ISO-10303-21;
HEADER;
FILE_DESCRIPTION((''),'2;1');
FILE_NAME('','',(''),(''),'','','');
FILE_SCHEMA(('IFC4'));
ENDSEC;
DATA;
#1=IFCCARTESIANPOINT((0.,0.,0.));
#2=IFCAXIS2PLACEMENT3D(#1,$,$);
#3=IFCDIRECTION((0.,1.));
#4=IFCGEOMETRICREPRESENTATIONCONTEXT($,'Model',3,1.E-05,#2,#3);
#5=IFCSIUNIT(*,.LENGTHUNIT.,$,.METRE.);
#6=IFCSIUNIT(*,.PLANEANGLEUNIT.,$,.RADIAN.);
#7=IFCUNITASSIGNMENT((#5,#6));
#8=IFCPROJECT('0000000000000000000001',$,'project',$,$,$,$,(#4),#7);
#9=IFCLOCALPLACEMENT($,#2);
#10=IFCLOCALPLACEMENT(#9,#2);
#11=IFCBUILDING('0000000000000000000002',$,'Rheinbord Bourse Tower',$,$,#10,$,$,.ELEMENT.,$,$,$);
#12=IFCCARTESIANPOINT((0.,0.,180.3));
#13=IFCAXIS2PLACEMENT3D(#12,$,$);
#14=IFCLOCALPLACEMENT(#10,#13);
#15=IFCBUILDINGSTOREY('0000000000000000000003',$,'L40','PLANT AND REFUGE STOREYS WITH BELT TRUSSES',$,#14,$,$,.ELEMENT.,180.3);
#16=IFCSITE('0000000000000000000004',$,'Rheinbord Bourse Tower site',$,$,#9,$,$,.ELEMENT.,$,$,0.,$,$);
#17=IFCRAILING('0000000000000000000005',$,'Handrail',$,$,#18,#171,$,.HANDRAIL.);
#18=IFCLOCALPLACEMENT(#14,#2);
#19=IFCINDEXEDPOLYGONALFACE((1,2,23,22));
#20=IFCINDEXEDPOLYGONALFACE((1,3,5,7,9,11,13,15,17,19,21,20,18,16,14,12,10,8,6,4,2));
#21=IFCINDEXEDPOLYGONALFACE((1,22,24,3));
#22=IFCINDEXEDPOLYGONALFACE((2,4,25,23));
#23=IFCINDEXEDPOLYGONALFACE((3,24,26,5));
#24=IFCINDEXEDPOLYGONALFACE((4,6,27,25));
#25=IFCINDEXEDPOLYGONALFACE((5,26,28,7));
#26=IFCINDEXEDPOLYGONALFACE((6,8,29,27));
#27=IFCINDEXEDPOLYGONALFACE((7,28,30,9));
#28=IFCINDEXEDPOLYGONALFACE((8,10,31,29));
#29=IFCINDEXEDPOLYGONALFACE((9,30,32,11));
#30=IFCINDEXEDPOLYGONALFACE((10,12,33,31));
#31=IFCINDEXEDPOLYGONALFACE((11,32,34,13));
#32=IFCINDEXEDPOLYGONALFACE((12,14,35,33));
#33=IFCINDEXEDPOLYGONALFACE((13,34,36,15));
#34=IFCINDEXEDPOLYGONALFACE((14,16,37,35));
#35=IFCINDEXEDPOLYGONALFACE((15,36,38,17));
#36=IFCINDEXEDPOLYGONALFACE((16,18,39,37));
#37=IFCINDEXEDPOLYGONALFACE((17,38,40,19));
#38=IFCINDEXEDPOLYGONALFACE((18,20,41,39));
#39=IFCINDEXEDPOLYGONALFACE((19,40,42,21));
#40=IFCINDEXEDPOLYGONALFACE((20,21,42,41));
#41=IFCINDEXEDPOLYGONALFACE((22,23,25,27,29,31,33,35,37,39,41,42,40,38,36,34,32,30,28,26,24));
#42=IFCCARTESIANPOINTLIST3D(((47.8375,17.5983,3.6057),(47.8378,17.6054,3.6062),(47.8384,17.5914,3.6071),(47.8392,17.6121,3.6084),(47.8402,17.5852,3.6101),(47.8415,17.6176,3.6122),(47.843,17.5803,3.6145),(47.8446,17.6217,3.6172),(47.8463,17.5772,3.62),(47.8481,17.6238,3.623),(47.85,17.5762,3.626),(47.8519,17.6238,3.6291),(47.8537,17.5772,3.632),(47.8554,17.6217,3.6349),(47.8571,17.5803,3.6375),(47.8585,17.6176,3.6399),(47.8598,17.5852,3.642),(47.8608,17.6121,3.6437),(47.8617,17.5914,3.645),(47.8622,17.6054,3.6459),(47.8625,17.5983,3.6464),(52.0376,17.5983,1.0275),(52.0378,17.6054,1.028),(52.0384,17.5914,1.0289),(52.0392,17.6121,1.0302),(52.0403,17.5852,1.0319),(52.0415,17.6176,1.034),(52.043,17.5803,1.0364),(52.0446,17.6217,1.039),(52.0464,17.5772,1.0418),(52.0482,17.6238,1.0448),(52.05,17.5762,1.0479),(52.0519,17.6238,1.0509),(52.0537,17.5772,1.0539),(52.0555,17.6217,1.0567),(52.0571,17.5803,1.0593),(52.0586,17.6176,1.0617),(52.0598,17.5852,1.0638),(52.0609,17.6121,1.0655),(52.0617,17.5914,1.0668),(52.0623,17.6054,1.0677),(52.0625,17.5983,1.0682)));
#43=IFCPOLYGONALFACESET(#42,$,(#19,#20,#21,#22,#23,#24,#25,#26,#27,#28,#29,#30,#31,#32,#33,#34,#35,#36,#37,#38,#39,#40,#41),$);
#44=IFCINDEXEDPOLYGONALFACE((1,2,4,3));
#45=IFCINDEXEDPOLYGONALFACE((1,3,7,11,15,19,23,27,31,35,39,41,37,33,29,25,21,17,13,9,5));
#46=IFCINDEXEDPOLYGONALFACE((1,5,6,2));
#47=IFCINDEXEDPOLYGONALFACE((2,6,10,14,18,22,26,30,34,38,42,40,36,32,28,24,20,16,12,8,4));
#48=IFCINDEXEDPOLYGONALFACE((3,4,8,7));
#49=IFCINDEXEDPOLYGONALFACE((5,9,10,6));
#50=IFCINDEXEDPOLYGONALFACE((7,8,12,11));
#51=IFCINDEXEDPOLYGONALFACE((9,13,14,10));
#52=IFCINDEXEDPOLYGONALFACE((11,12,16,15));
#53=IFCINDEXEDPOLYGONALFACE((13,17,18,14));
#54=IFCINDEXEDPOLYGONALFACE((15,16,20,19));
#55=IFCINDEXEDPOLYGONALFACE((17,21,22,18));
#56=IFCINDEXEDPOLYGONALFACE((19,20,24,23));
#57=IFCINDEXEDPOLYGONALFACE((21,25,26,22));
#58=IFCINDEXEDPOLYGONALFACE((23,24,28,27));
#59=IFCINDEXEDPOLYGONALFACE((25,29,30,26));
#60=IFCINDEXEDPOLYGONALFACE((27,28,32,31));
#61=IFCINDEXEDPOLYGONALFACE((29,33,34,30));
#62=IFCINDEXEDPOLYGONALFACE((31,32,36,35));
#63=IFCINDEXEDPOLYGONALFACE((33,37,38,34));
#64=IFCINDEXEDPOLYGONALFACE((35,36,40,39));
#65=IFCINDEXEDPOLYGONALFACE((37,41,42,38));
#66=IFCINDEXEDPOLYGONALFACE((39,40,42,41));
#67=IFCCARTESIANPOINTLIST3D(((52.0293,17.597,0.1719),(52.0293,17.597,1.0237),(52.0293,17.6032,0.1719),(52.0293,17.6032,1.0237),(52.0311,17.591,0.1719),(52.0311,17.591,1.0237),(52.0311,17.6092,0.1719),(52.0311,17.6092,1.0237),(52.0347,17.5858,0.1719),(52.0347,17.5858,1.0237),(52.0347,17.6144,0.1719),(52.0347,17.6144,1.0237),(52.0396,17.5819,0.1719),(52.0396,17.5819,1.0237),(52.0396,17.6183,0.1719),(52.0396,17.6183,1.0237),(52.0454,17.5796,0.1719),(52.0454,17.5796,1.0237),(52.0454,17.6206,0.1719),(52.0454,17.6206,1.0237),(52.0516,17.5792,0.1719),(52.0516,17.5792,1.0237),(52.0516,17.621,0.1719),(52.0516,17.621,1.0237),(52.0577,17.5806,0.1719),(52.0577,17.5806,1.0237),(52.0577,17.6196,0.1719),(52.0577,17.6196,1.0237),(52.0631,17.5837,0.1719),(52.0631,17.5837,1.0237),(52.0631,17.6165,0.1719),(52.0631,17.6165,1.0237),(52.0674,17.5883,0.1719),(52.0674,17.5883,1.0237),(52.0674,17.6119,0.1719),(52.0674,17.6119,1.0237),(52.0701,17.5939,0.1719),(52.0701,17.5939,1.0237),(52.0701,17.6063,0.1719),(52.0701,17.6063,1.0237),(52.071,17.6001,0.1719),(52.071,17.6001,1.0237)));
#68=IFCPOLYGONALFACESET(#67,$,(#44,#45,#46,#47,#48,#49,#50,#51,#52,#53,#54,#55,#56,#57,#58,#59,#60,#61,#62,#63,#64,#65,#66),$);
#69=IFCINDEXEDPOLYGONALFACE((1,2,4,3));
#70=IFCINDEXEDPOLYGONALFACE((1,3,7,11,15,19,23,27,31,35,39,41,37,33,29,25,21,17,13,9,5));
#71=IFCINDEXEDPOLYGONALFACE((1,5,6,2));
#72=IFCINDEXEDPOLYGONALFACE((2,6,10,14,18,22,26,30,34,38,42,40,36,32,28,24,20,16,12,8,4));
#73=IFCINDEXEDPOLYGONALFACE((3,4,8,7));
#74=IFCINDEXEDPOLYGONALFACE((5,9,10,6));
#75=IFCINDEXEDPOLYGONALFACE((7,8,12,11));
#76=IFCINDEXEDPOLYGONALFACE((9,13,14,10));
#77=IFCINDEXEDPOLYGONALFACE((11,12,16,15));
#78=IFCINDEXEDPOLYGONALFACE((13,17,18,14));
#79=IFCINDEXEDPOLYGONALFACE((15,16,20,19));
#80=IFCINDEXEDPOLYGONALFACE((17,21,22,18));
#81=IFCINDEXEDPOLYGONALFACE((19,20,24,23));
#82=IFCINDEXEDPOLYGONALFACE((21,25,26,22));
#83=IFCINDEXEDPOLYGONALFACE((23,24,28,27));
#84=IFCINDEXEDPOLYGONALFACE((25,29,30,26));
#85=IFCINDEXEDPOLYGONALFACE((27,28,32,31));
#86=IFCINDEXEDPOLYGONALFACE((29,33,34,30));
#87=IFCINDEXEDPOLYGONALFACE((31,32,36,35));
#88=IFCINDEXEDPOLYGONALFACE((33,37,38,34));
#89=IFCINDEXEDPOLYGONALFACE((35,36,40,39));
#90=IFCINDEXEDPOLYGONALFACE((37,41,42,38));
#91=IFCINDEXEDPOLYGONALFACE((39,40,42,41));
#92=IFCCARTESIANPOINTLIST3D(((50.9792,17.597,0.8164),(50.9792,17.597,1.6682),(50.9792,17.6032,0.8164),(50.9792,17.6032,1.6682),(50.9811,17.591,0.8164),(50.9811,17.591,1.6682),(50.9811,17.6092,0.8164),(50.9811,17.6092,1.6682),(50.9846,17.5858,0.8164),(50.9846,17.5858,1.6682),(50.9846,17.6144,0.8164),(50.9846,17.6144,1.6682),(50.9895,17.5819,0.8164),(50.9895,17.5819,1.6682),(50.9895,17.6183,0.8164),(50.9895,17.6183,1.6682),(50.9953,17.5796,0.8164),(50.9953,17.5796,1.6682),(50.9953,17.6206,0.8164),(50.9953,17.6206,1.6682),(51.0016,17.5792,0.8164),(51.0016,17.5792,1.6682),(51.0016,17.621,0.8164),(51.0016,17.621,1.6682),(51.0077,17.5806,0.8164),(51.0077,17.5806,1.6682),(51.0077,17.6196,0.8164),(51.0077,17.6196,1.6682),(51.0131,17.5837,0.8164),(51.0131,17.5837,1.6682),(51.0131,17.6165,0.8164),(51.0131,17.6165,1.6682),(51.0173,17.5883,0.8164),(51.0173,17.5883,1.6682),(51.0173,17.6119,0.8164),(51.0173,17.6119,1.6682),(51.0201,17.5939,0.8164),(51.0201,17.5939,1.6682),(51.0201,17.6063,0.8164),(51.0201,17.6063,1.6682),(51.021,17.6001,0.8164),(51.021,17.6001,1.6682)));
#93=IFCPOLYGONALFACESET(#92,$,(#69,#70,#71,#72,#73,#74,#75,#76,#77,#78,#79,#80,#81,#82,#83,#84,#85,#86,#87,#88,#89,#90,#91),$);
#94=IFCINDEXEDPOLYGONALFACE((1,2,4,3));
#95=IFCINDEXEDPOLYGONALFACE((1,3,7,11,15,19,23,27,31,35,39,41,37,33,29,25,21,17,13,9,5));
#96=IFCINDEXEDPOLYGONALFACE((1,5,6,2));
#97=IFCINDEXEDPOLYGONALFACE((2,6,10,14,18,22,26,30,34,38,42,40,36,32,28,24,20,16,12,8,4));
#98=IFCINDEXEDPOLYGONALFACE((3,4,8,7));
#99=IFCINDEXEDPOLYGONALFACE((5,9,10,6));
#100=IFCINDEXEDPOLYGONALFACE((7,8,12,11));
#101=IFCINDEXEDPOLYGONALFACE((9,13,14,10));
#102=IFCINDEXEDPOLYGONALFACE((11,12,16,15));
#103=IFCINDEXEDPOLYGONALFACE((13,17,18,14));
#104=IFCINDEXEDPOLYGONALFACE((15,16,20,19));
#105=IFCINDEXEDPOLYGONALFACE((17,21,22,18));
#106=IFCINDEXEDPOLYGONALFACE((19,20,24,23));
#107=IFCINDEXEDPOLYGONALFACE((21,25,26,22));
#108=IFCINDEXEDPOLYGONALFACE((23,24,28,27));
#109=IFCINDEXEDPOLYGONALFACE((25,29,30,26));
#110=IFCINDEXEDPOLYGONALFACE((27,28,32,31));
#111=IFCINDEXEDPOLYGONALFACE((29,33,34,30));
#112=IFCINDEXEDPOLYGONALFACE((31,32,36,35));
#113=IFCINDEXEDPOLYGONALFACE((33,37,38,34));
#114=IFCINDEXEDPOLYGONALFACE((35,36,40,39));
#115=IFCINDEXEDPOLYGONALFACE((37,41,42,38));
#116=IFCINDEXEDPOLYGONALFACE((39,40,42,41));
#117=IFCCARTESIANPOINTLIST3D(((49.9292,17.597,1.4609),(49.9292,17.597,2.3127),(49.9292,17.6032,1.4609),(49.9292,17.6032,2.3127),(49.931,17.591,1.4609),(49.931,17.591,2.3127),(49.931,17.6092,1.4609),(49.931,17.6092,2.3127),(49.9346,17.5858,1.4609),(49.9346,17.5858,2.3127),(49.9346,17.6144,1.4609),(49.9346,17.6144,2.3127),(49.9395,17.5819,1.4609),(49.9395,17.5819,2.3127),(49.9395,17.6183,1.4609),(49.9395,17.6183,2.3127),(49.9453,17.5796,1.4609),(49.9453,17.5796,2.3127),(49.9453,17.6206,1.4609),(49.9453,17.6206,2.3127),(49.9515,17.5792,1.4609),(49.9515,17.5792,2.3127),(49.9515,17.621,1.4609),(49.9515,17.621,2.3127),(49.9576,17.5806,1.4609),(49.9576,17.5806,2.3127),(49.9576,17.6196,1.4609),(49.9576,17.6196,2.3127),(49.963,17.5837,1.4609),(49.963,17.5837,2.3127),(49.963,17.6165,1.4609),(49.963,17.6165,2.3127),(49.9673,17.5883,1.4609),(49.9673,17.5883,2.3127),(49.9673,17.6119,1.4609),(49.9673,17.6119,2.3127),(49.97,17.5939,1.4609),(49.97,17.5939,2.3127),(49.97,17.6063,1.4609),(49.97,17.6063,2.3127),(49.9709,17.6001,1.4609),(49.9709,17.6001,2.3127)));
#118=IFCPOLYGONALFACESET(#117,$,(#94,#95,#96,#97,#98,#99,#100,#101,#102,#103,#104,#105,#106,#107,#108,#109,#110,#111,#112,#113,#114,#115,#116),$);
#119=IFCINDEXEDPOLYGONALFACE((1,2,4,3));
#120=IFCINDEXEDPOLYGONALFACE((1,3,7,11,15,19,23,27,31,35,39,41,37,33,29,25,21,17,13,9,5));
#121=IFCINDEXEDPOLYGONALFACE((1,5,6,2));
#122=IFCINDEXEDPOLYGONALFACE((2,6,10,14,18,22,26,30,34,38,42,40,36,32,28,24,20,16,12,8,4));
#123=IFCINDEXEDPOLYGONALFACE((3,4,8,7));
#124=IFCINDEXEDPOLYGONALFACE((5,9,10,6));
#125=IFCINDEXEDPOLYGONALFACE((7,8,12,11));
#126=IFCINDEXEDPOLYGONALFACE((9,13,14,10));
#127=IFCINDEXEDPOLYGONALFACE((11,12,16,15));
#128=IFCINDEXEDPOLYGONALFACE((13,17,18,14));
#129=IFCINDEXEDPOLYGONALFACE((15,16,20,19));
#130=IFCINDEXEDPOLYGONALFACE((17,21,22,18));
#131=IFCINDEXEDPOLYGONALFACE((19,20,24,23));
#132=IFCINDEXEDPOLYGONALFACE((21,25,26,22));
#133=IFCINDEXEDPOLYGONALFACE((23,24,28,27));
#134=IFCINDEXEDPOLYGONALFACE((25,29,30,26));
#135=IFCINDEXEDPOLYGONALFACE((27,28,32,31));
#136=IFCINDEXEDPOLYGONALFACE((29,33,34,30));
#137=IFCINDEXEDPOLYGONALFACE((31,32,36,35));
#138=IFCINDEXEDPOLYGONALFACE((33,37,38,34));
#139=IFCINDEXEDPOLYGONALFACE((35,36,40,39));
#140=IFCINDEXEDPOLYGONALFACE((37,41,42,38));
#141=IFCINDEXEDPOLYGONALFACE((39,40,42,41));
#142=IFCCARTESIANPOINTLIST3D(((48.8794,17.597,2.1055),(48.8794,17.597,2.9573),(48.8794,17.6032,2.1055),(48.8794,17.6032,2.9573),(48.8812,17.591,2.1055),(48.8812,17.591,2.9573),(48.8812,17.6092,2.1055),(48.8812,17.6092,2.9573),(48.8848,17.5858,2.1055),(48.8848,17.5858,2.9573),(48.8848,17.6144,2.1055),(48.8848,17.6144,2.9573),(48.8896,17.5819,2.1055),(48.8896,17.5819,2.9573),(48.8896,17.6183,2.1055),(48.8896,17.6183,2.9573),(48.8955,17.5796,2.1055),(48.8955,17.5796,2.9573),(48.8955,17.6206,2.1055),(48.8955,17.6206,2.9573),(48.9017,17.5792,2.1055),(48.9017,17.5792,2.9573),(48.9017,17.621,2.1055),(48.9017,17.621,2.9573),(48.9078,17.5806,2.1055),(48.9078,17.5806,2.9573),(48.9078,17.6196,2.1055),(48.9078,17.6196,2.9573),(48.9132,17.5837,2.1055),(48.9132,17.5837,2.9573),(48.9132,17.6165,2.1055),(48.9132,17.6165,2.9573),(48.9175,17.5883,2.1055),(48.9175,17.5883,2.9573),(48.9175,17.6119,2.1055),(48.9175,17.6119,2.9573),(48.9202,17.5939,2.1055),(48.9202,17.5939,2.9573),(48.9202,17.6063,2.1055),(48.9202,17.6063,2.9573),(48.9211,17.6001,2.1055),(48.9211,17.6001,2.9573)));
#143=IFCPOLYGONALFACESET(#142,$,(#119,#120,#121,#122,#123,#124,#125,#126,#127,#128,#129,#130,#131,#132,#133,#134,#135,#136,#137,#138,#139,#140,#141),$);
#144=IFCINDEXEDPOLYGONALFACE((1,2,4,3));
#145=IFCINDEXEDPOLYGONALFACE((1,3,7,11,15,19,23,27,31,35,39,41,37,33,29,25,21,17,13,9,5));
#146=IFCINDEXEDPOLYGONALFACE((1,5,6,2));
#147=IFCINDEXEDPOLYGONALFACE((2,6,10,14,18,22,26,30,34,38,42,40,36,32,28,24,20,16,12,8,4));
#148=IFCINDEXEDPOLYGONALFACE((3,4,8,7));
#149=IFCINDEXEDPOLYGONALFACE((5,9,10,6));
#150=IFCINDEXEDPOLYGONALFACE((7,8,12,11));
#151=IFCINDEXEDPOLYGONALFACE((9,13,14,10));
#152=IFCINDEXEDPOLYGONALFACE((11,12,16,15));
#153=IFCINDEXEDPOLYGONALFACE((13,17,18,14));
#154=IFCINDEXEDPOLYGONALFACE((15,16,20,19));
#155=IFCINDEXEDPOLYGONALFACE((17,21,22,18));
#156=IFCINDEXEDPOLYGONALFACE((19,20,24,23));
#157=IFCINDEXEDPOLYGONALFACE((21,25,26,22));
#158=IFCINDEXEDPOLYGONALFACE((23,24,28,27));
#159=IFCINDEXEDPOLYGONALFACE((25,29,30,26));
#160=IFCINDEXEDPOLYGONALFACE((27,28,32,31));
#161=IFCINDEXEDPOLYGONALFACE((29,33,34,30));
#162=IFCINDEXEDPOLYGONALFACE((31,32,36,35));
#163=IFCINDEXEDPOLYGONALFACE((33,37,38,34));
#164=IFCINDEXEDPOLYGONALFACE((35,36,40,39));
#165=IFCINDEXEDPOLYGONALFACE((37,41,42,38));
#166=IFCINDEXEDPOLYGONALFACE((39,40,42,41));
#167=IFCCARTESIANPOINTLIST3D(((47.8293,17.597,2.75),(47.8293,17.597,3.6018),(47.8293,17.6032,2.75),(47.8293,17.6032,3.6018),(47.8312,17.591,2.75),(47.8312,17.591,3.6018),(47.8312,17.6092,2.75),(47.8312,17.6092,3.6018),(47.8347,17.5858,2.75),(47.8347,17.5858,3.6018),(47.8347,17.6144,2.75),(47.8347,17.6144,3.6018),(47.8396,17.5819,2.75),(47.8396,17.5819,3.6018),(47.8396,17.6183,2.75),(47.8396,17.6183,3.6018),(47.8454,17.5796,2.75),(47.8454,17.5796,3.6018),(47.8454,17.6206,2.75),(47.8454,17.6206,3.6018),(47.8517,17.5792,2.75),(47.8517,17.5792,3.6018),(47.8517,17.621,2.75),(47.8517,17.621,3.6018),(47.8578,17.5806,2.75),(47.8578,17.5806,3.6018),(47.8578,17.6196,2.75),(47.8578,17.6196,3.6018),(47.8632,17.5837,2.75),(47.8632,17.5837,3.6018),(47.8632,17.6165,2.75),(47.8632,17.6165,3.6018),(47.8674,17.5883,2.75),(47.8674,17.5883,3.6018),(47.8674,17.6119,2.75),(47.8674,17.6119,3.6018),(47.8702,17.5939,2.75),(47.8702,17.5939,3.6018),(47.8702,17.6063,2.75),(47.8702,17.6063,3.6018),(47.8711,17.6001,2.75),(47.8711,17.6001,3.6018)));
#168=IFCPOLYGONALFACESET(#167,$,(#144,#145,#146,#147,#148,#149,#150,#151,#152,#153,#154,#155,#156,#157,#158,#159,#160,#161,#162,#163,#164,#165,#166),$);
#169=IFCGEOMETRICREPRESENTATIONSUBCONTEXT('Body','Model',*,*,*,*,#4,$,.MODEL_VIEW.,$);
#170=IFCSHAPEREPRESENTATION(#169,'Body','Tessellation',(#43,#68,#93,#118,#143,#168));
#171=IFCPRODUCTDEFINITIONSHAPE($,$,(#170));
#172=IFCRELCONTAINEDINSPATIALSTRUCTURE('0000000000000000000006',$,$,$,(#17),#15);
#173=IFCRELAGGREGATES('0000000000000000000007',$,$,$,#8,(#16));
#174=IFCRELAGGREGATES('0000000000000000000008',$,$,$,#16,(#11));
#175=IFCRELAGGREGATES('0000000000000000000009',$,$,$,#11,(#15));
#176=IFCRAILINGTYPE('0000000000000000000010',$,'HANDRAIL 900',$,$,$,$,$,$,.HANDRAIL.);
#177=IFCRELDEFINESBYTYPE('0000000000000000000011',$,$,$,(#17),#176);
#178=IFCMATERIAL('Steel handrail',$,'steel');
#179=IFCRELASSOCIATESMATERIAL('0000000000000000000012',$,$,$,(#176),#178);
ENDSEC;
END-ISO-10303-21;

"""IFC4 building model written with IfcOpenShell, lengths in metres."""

from ifc_helpers import new_model, si_unit, direction, frame, origin, origin_2d, place, context, subcontext, project, spatial, circle, extrude, material, type_object, element, save


model = new_model("IFC4")

# Units and contexts
model_context = context("Model", 3, precision=1e-05, world=origin(), true_north=direction((0.0, 1.0)))
body_context = subcontext(model_context, "Body", "Model", "MODEL_VIEW")
ifc_project = project(units=[si_unit("LENGTHUNIT", "METRE"), si_unit("PLANEANGLEUNIT", "RADIAN")], contexts=[model_context])

# Site, building, storey
site_placement = place(None, origin())
site = spatial("IfcSite", under=ifc_project, at=site_placement, Name="Rheinbord Bourse Tower site", CompositionType="ELEMENT", RefElevation=0.0)
building_placement = place(site_placement, origin())
building = spatial("IfcBuilding", under=site, at=building_placement, Name="Rheinbord Bourse Tower", CompositionType="ELEMENT")
storey_placement = place(building_placement, frame((0.0, 0.0, 180.3)))
storey = spatial("IfcBuildingStorey", under=building, at=storey_placement, Name="L40", Description="PLANT AND REFUGE STOREYS WITH BELT TRUSSES", CompositionType="ELEMENT", Elevation=180.3)

# Railing
ifc_material_1 = material(Name="Steel handrail", Category="steel")
railing_type = type_object("IfcRailingType", Name="HANDRAIL 900", PredefinedType="HANDRAIL", material=ifc_material_1)
railing_1_placement = place(storey_placement, frame((52.05, 17.6001, 0.1719)))
element("IfcRailing", 1, at=railing_1_placement, inside=storey, type_object=railing_type, Name="Handrail", PredefinedType="HANDRAIL", context=body_context, shape_type="SweptSolid", body=[
    extrude(circle(Radius=0.0239, at=origin_2d()), frame((0.0, 0.0, 0.876), z_axis=(-0.852243, 0.0, 0.523146), x_axis=(0.0, -1.0, 0.0)), (0.0, 0.0, 1.0), 4.9282),
    extrude(circle(Radius=0.021, at=origin_2d()), origin(), (0.0, 0.0, 1.0), 0.8518),
    extrude(circle(Radius=0.021, at=origin_2d()), frame((-1.05, 0.0, 0.6445)), (0.0, 0.0, 1.0), 0.8518),
    extrude(circle(Radius=0.021, at=origin_2d()), frame((-2.1001, 0.0, 1.2891)), (0.0, 0.0, 1.0), 0.8518),
    extrude(circle(Radius=0.021, at=origin_2d()), frame((-3.1499, 0.0, 1.9336)), (0.0, 0.0, 1.0), 0.8518),
    extrude(circle(Radius=0.021, at=origin_2d()), frame((-4.2, 0.0, 2.5781)), (0.0, 0.0, 1.0), 0.8518),
])

save(model, "model.ifc")
